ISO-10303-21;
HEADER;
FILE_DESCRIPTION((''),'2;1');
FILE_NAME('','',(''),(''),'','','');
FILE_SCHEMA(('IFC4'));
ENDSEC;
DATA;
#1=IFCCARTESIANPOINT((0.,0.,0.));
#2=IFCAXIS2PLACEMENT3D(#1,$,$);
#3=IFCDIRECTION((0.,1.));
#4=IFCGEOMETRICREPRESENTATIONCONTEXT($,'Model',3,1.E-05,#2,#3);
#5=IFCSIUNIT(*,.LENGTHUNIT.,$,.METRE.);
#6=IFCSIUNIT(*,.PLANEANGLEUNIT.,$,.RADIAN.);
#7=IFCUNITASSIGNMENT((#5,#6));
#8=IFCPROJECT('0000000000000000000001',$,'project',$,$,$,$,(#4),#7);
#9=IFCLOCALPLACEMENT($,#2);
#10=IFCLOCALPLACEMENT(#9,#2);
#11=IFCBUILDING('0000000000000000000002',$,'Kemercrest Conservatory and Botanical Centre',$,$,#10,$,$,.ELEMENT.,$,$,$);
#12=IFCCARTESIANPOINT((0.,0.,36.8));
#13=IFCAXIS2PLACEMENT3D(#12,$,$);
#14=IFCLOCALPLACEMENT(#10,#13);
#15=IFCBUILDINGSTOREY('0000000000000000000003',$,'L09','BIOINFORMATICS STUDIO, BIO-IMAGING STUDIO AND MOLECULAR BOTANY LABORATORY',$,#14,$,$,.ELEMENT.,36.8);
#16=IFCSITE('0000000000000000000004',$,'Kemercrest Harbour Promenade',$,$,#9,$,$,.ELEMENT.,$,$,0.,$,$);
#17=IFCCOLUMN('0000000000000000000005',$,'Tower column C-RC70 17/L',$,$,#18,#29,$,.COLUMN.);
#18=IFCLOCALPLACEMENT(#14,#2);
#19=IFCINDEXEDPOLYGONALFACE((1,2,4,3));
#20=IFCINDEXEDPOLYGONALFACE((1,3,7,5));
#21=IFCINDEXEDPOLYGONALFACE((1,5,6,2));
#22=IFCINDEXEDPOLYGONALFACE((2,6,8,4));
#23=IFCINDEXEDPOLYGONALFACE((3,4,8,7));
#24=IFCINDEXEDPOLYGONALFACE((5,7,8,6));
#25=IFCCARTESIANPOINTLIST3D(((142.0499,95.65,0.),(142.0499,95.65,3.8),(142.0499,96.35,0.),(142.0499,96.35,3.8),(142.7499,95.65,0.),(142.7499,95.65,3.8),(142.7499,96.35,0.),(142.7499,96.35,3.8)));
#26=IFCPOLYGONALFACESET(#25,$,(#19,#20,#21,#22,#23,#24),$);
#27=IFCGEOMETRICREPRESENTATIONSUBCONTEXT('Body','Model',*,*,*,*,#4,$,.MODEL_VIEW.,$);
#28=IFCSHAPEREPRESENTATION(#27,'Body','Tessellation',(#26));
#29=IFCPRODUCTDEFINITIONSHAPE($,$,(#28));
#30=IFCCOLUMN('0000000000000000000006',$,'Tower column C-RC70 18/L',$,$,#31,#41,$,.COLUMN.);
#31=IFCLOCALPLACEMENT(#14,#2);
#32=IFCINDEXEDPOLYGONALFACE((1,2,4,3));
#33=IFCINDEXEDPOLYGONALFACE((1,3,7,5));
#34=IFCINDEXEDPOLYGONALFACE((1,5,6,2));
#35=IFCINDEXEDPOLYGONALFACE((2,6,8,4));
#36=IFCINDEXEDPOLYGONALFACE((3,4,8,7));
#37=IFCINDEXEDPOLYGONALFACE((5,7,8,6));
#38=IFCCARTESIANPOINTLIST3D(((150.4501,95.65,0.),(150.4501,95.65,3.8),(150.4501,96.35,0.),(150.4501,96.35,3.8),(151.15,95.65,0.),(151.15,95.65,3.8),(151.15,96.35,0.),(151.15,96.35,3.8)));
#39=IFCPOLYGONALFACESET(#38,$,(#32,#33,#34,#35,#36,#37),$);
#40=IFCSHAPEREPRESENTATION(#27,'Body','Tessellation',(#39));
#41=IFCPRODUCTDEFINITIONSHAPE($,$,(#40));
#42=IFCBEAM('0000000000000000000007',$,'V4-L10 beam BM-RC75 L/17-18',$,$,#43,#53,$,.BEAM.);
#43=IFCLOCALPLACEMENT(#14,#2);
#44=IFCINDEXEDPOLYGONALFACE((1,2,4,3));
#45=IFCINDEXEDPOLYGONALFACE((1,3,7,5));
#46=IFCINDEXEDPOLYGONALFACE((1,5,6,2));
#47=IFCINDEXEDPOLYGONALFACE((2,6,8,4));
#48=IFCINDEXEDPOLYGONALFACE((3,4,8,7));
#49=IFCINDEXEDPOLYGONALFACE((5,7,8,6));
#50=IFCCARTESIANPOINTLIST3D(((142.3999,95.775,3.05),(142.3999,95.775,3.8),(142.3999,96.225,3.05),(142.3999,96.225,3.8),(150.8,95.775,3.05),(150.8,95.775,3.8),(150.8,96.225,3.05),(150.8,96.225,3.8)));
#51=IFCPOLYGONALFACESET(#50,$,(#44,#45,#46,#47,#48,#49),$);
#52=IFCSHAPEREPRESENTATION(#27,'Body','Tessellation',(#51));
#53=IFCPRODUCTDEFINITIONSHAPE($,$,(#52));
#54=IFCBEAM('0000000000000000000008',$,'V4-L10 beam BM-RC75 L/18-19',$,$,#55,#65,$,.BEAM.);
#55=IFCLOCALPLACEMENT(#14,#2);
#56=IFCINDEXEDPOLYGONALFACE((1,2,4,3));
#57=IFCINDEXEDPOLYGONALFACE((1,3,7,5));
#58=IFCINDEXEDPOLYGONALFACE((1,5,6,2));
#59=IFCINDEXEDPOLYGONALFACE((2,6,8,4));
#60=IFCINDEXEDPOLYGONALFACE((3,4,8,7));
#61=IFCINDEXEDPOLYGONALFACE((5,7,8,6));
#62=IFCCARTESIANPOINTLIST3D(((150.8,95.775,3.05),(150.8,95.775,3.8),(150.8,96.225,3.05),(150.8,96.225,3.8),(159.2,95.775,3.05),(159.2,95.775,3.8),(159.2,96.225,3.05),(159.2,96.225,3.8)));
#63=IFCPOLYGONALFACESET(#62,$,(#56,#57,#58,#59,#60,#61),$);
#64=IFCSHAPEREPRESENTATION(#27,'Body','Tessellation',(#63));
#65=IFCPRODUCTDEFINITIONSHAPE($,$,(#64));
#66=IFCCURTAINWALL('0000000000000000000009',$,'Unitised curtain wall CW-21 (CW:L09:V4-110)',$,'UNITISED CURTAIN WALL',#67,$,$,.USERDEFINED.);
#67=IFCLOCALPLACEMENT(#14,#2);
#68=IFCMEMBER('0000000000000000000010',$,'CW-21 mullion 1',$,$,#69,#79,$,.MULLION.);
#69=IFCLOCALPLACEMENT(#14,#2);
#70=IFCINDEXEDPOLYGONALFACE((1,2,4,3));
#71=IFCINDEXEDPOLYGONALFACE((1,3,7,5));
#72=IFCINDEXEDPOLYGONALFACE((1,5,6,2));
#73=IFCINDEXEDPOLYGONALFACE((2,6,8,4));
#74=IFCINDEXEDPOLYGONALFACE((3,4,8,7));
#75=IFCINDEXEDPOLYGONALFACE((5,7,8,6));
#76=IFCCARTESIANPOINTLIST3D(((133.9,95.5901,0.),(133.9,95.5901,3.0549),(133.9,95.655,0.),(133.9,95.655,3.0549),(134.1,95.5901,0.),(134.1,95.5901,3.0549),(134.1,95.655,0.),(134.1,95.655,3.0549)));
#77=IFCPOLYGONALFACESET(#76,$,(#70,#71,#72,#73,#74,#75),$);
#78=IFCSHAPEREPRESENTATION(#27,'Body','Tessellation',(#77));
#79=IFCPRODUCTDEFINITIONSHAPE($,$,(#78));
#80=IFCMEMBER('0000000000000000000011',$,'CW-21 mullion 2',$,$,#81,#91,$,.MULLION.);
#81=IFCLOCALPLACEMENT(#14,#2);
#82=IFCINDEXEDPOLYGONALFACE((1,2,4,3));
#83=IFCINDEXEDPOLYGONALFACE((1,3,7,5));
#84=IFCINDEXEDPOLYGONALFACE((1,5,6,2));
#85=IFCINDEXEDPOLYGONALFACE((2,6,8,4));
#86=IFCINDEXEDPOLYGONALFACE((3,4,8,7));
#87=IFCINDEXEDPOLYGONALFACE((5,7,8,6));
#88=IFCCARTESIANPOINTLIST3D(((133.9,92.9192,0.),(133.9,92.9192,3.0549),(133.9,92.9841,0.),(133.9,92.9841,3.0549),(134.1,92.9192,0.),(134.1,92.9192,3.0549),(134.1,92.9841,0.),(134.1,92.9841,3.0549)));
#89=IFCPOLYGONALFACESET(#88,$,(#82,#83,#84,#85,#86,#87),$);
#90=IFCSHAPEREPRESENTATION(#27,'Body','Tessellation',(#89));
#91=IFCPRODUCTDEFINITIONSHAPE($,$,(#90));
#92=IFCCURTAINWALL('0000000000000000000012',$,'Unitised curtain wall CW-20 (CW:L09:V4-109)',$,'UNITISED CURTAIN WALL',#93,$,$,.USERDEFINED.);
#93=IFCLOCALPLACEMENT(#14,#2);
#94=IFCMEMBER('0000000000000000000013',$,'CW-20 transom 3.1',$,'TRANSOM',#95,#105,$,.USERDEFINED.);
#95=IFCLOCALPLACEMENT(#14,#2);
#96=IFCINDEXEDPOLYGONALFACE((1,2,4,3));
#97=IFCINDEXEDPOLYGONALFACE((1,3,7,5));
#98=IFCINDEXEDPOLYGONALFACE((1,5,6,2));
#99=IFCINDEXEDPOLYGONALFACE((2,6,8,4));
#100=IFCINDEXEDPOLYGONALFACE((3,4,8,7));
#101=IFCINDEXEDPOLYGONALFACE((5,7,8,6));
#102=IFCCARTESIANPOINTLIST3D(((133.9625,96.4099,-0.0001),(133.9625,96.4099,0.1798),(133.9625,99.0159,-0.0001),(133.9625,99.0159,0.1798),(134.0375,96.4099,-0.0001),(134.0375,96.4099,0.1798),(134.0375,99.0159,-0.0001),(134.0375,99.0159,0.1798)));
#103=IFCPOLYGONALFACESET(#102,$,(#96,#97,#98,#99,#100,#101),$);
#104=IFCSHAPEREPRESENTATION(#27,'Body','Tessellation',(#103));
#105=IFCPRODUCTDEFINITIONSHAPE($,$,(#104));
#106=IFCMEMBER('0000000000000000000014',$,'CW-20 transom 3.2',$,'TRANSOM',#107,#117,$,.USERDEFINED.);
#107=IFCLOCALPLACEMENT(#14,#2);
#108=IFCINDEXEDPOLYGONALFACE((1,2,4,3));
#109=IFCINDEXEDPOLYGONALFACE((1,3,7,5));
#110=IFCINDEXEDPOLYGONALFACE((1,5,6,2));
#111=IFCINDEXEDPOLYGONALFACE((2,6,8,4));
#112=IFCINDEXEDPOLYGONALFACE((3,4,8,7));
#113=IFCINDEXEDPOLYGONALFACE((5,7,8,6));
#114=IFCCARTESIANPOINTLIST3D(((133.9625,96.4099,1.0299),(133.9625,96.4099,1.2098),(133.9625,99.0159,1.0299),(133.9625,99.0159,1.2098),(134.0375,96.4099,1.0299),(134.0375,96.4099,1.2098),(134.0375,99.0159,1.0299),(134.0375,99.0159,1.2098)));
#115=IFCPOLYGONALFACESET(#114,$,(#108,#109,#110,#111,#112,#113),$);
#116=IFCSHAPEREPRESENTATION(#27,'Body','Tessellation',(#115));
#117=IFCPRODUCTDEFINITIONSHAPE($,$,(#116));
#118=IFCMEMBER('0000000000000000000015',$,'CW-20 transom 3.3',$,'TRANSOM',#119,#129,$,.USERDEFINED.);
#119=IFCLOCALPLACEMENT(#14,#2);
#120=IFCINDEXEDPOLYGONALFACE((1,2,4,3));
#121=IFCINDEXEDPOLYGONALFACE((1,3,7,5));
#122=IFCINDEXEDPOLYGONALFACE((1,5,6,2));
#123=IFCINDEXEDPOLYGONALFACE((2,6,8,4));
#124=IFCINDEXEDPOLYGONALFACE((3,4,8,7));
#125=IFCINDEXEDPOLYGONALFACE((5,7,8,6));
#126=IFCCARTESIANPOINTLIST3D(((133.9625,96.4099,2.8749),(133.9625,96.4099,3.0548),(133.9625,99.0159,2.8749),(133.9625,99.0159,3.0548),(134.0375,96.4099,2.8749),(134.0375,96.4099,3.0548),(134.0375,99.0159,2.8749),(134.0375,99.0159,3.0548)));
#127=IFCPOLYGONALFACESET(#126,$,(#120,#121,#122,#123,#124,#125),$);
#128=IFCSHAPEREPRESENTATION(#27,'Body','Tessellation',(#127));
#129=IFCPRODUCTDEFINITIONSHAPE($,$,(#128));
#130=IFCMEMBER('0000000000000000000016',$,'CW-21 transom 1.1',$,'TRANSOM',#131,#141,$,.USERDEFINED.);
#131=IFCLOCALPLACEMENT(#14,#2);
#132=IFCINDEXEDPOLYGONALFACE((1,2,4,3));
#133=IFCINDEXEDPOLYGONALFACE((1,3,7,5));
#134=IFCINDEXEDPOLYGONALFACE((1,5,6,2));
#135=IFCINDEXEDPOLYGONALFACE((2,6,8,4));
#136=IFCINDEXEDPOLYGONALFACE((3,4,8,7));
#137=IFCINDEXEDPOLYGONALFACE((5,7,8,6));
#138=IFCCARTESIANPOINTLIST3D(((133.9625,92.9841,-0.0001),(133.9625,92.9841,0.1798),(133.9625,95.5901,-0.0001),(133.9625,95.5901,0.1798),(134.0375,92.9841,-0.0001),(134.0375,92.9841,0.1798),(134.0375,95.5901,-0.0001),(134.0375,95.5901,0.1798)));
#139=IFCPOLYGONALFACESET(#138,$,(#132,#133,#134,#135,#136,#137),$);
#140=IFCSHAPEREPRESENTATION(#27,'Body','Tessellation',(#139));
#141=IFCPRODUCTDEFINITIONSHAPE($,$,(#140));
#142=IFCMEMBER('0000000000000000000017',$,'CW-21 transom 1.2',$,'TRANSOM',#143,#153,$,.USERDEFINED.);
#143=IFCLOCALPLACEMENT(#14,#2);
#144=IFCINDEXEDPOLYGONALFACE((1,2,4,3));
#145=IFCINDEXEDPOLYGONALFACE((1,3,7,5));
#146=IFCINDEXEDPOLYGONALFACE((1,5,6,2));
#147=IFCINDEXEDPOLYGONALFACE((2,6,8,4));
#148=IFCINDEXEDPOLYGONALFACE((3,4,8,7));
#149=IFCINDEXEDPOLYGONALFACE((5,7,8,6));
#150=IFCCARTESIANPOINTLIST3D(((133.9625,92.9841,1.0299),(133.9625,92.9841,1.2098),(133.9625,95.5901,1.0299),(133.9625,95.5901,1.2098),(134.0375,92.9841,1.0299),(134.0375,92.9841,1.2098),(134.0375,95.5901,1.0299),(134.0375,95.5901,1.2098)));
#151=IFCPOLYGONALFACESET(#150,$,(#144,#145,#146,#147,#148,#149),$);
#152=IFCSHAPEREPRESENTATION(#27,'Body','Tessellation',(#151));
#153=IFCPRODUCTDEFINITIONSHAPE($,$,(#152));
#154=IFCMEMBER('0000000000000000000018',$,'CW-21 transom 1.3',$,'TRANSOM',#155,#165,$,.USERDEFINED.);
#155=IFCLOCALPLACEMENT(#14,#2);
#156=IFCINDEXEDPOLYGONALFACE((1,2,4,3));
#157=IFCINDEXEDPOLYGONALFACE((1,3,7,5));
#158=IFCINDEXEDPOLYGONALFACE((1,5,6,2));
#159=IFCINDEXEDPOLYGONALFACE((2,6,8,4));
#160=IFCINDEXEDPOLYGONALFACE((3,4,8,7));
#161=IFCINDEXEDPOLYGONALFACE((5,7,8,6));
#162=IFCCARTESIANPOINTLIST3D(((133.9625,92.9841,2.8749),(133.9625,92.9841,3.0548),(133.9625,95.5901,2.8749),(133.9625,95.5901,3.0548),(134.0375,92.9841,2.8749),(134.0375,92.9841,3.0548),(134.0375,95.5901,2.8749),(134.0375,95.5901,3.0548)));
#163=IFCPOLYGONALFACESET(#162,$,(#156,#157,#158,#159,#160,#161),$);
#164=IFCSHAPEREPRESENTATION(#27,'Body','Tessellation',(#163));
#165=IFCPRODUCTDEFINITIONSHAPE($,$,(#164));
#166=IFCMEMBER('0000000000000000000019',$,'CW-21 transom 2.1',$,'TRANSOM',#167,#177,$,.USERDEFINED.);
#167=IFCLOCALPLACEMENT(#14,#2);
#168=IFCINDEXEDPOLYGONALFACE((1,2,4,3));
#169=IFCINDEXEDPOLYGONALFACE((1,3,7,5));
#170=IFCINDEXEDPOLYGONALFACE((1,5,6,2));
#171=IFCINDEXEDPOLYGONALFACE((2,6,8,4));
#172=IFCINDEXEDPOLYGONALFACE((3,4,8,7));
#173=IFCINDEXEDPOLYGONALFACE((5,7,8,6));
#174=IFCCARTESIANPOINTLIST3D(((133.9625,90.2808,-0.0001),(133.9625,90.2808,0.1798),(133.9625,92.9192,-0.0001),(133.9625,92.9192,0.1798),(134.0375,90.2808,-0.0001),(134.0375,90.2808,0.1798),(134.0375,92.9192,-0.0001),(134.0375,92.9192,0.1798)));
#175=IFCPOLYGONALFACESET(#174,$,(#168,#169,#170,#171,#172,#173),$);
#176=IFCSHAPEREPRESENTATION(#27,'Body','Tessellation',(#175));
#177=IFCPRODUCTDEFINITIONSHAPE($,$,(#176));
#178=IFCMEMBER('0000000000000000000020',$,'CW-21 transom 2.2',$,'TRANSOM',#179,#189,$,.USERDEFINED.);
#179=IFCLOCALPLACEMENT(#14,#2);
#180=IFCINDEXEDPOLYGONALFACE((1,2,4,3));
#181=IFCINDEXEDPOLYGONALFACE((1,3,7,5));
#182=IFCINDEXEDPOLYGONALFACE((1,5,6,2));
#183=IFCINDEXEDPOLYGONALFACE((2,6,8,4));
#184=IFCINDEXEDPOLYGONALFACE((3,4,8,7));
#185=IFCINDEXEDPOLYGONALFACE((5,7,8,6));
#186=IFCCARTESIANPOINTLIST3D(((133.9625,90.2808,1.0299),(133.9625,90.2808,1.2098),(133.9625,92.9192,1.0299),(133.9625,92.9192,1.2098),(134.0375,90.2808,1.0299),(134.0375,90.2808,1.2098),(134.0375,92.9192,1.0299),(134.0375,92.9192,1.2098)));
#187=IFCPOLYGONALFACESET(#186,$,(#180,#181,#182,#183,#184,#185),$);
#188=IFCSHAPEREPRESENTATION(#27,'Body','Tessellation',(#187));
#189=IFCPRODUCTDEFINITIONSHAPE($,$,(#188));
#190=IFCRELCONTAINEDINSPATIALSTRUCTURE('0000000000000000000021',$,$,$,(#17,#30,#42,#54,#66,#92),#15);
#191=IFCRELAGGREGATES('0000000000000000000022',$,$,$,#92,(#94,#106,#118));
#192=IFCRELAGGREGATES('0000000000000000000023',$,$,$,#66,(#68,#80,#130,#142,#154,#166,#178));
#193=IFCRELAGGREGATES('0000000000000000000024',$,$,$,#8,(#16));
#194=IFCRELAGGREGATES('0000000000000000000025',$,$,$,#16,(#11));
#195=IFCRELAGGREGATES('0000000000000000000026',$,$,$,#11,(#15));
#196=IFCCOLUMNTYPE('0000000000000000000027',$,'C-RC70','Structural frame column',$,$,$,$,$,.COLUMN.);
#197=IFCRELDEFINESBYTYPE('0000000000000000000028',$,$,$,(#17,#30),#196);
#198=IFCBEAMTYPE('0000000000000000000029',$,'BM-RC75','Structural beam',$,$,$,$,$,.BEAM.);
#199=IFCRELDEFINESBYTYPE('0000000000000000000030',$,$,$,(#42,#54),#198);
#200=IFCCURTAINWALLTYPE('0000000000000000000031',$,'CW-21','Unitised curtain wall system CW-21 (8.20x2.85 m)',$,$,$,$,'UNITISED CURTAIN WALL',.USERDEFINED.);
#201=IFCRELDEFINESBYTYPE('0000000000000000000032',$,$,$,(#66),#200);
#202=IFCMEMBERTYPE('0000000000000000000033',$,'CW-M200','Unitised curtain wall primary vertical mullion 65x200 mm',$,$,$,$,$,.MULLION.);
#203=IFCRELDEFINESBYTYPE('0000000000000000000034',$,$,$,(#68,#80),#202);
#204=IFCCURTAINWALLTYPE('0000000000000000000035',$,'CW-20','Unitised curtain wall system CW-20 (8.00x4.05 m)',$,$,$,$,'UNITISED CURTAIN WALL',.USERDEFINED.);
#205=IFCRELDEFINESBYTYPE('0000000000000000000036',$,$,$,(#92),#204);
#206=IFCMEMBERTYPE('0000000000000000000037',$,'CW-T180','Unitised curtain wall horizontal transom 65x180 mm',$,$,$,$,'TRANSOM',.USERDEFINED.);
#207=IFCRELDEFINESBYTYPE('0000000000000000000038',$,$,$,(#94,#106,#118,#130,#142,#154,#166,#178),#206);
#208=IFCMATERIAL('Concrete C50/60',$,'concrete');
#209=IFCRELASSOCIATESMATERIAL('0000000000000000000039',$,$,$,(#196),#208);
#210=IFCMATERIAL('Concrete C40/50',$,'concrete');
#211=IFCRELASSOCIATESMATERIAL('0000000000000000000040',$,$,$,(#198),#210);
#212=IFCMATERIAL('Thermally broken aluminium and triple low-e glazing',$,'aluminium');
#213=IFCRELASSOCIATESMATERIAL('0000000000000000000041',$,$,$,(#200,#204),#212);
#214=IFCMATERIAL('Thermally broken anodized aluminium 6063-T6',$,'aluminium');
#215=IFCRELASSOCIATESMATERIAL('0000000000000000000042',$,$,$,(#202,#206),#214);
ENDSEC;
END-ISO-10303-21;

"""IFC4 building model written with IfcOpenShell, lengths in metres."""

from ifc_helpers import new_model, si_unit, direction, frame, origin, origin_2d, place, context, subcontext, project, spatial, rectangle, extrude, material, material_profile, profile_set, type_object, element, aggregate, save


model = new_model("IFC4")

# Units and contexts
model_context = context("Model", 3, precision=1e-05, world=origin(), true_north=direction((0.0, 1.0)))
body_context = subcontext(model_context, "Body", "Model", "MODEL_VIEW")
ifc_project = project(units=[si_unit("LENGTHUNIT", "METRE"), si_unit("PLANEANGLEUNIT", "RADIAN")], contexts=[model_context])

# Site, building, storey
site_placement = place(None, origin())
site = spatial("IfcSite", under=ifc_project, at=site_placement, Name="Kemercrest Harbour Promenade", CompositionType="ELEMENT", RefElevation=0.0)
building_placement = place(site_placement, origin())
building = spatial("IfcBuilding", under=site, at=building_placement, Name="Kemercrest Conservatory and Botanical Centre", CompositionType="ELEMENT")
storey_placement = place(building_placement, frame((0.0, 0.0, 36.8)))
storey = spatial("IfcBuildingStorey", under=building, at=storey_placement, Name="L09", Description="BIOINFORMATICS STUDIO, BIO-IMAGING STUDIO AND MOLECULAR BOTANY LABORATORY", CompositionType="ELEMENT", Elevation=36.8)

# Columns
ifc_material_1 = material(Name="Concrete C50/60", Category="concrete")
ifc_material_profile_1 = material_profile(ifc_material_1, rectangle(XDim=0.7, YDim=0.7, at=origin_2d()), Name="RC 700x700")
ifc_profile_set_1 = profile_set([ifc_material_profile_1], Name="Concrete C50/60")
column_type = type_object("IfcColumnType", Name="C-RC70", Description="Structural frame column", PredefinedType="COLUMN", material=ifc_profile_set_1)
for number, where, z_axis, x_axis, name in (
    (1, (142.3999, 96.0, 0.0), (0.0, 0.0, 1.0), (1.0, 0.0, 0.0), "Tower column C-RC70 17/L"),
    (2, (150.8, 96.0, 0.0), (0.0, 0.0, 1.0), (1.0, 0.0, 0.0), "Tower column C-RC70 18/L"),
):
    element("IfcColumn", number, at=place(storey_placement, frame(where, z_axis=z_axis, x_axis=x_axis)), inside=storey, type_object=column_type, Name=name, PredefinedType="COLUMN", context=body_context, shape_type="SweptSolid", body=[
        extrude(rectangle(XDim=0.7, YDim=0.7, at=origin_2d()), origin(), (0.0, 0.0, 1.0), 3.8),
    ])

# Beams
ifc_material_2 = material(Name="Concrete C40/50", Category="concrete")
ifc_material_profile_2 = material_profile(ifc_material_2, rectangle(XDim=0.45, YDim=0.75, at=origin_2d()), Name="RC 450x750")
ifc_profile_set_2 = profile_set([ifc_material_profile_2], Name="Concrete C40/50")
beam_type_1 = type_object("IfcBeamType", Name="BM-RC75", Description="Structural beam", PredefinedType="BEAM", material=ifc_profile_set_2)
beam_1_placement = place(storey_placement, frame((142.3999, 96.0, 3.425), z_axis=(1.0, 0.0, 0.0), x_axis=(0.0, 1.0, 0.0)))
element("IfcBeam", 3, at=beam_1_placement, inside=storey, type_object=beam_type_1, Name="V4-L10 beam BM-RC75 L/17-18", PredefinedType="BEAM", context=body_context, shape_type="SweptSolid", body=[
    extrude(rectangle(XDim=0.45, YDim=0.75, at=origin_2d()), origin(), (0.0, 0.0, 1.0), 8.4001),
])
beam_2_placement = place(storey_placement, frame((150.8, 96.0, 3.425), z_axis=(1.0, 0.0, 0.0), x_axis=(0.0, 1.0, 0.0)))
element("IfcBeam", 4, at=beam_2_placement, inside=storey, type_object=beam_type_1, Name="V4-L10 beam BM-RC75 L/18-19", PredefinedType="BEAM", context=body_context, shape_type="SweptSolid", body=[
    extrude(rectangle(XDim=0.45, YDim=0.75, at=origin_2d()), origin(), (0.0, 0.0, 1.0), 8.3999),
])

# Curtain walls, members
ifc_material_3 = material(Name="Thermally broken aluminium and triple low-e glazing", Category="aluminium")
curtain_wall_type_1 = type_object("IfcCurtainWallType", Name="CW-21", Description="Unitised curtain wall system CW-21 (8.20x2.85 m)", ElementType="UNITISED CURTAIN WALL", PredefinedType="USERDEFINED", material=ifc_material_3)
curtain_wall_1_placement = place(storey_placement, origin())
curtain_wall_1 = element("IfcCurtainWall", 5, at=curtain_wall_1_placement, inside=storey, type_object=curtain_wall_type_1, Name="Unitised curtain wall CW-21 (CW:L09:V4-110)", ObjectType="UNITISED CURTAIN WALL", PredefinedType="USERDEFINED")
ifc_material_4 = material(Name="Thermally broken anodized aluminium 6063-T6", Category="aluminium")
ifc_material_profile_3 = material_profile(ifc_material_4, rectangle(XDim=0.2, YDim=0.0649, at=origin_2d()), Name="AL MULLION 65x200")
ifc_profile_set_3 = profile_set([ifc_material_profile_3], Name="Thermally broken anodized aluminium 6063-T6")
member_type_1 = type_object("IfcMemberType", Name="CW-M200", Description="Unitised curtain wall primary vertical mullion 65x200 mm", PredefinedType="MULLION", material=ifc_profile_set_3)
member_1_placement = place(storey_placement, frame((134.0, 95.6226, 0.0), z_axis=(0.0, 0.0, 1.0), x_axis=(1.0, 0.0, 0.0)))
member_1 = element("IfcMember", 6, at=member_1_placement, type_object=member_type_1, Name="CW-21 mullion 1", PredefinedType="MULLION", context=body_context, shape_type="SweptSolid", body=[
    extrude(rectangle(XDim=0.2, YDim=0.0649, at=origin_2d()), origin(), (0.0, 0.0, 1.0), 3.0549),
])
member_2_placement = place(storey_placement, frame((134.0, 92.9517, 0.0), z_axis=(0.0, 0.0, 1.0), x_axis=(1.0, 0.0, 0.0)))
member_2 = element("IfcMember", 7, at=member_2_placement, type_object=member_type_1, Name="CW-21 mullion 2", PredefinedType="MULLION", context=body_context, shape_type="SweptSolid", body=[
    extrude(rectangle(XDim=0.2, YDim=0.0649, at=origin_2d()), origin(), (0.0, 0.0, 1.0), 3.0549),
])
curtain_wall_type_2 = type_object("IfcCurtainWallType", Name="CW-20", Description="Unitised curtain wall system CW-20 (8.00x4.05 m)", ElementType="UNITISED CURTAIN WALL", PredefinedType="USERDEFINED", material=ifc_material_3)
curtain_wall_2_placement = place(storey_placement, origin())
curtain_wall_2 = element("IfcCurtainWall", 8, at=curtain_wall_2_placement, inside=storey, type_object=curtain_wall_type_2, Name="Unitised curtain wall CW-20 (CW:L09:V4-109)", ObjectType="UNITISED CURTAIN WALL", PredefinedType="USERDEFINED")
ifc_material_profile_4 = material_profile(ifc_material_4, rectangle(XDim=0.075, YDim=0.1799, at=origin_2d()), Name="AL TRANSOM 75x180")
ifc_profile_set_4 = profile_set([ifc_material_profile_4], Name="Thermally broken anodized aluminium 6063-T6")
member_type_2 = type_object("IfcMemberType", Name="CW-T180", Description="Unitised curtain wall horizontal transom 65x180 mm", ElementType="TRANSOM", PredefinedType="USERDEFINED", material=ifc_profile_set_4)
member_3_placement = place(storey_placement, frame((134.0, 99.0159, 0.0898), z_axis=(0.0, -1.0, 0.0), x_axis=(1.0, 0.0, 0.0)))
member_3 = element("IfcMember", 9, at=member_3_placement, type_object=member_type_2, Name="CW-20 transom 3.1", ObjectType="TRANSOM", PredefinedType="USERDEFINED", context=body_context, shape_type="SweptSolid", body=[
    extrude(rectangle(XDim=0.075, YDim=0.1799, at=origin_2d()), origin(), (0.0, 0.0, 1.0), 2.606),
])
member_4_placement = place(storey_placement, frame((134.0, 99.0159, 1.1199), z_axis=(0.0, -1.0, 0.0), x_axis=(1.0, 0.0, 0.0)))
member_4 = element("IfcMember", 10, at=member_4_placement, type_object=member_type_2, Name="CW-20 transom 3.2", ObjectType="TRANSOM", PredefinedType="USERDEFINED", context=body_context, shape_type="SweptSolid", body=[
    extrude(rectangle(XDim=0.075, YDim=0.1799, at=origin_2d()), origin(), (0.0, 0.0, 1.0), 2.606),
])
member_5_placement = place(storey_placement, frame((134.0, 99.0159, 2.9648), z_axis=(0.0, -1.0, 0.0), x_axis=(1.0, 0.0, 0.0)))
member_5 = element("IfcMember", 11, at=member_5_placement, type_object=member_type_2, Name="CW-20 transom 3.3", ObjectType="TRANSOM", PredefinedType="USERDEFINED", context=body_context, shape_type="SweptSolid", body=[
    extrude(rectangle(XDim=0.075, YDim=0.1799, at=origin_2d()), origin(), (0.0, 0.0, 1.0), 2.606),
])

# Members
member_6_placement = place(storey_placement, frame((134.0, 95.5901, 0.0898), z_axis=(0.0, -1.0, 0.0), x_axis=(1.0, 0.0, 0.0)))
member_6 = element("IfcMember", 12, at=member_6_placement, type_object=member_type_2, Name="CW-21 transom 1.1", ObjectType="TRANSOM", PredefinedType="USERDEFINED", context=body_context, shape_type="SweptSolid", body=[
    extrude(rectangle(XDim=0.075, YDim=0.1799, at=origin_2d()), origin(), (0.0, 0.0, 1.0), 2.606),
])
member_7_placement = place(storey_placement, frame((134.0, 95.5901, 1.1199), z_axis=(0.0, -1.0, 0.0), x_axis=(1.0, 0.0, 0.0)))
member_7 = element("IfcMember", 13, at=member_7_placement, type_object=member_type_2, Name="CW-21 transom 1.2", ObjectType="TRANSOM", PredefinedType="USERDEFINED", context=body_context, shape_type="SweptSolid", body=[
    extrude(rectangle(XDim=0.075, YDim=0.1799, at=origin_2d()), origin(), (0.0, 0.0, 1.0), 2.606),
])
member_8_placement = place(storey_placement, frame((134.0, 95.5901, 2.9648), z_axis=(0.0, -1.0, 0.0), x_axis=(1.0, 0.0, 0.0)))
member_8 = element("IfcMember", 14, at=member_8_placement, type_object=member_type_2, Name="CW-21 transom 1.3", ObjectType="TRANSOM", PredefinedType="USERDEFINED", context=body_context, shape_type="SweptSolid", body=[
    extrude(rectangle(XDim=0.075, YDim=0.1799, at=origin_2d()), origin(), (0.0, 0.0, 1.0), 2.606),
])
member_9_placement = place(storey_placement, frame((134.0, 92.9192, 0.0898), z_axis=(0.0, -1.0, 0.0), x_axis=(1.0, 0.0, 0.0)))
member_9 = element("IfcMember", 15, at=member_9_placement, type_object=member_type_2, Name="CW-21 transom 2.1", ObjectType="TRANSOM", PredefinedType="USERDEFINED", context=body_context, shape_type="SweptSolid", body=[
    extrude(rectangle(XDim=0.075, YDim=0.1799, at=origin_2d()), origin(), (0.0, 0.0, 1.0), 2.6384),
])
member_10_placement = place(storey_placement, frame((134.0, 92.9192, 1.1199), z_axis=(0.0, -1.0, 0.0), x_axis=(1.0, 0.0, 0.0)))
member_10 = element("IfcMember", 16, at=member_10_placement, type_object=member_type_2, Name="CW-21 transom 2.2", ObjectType="TRANSOM", PredefinedType="USERDEFINED", context=body_context, shape_type="SweptSolid", body=[
    extrude(rectangle(XDim=0.075, YDim=0.1799, at=origin_2d()), origin(), (0.0, 0.0, 1.0), 2.6384),
])

aggregate(curtain_wall_2, [member_3, member_4, member_5])
aggregate(curtain_wall_1, [member_1, member_2, member_6, member_7, member_8, member_9, member_10])

save(model, "model.ifc")
